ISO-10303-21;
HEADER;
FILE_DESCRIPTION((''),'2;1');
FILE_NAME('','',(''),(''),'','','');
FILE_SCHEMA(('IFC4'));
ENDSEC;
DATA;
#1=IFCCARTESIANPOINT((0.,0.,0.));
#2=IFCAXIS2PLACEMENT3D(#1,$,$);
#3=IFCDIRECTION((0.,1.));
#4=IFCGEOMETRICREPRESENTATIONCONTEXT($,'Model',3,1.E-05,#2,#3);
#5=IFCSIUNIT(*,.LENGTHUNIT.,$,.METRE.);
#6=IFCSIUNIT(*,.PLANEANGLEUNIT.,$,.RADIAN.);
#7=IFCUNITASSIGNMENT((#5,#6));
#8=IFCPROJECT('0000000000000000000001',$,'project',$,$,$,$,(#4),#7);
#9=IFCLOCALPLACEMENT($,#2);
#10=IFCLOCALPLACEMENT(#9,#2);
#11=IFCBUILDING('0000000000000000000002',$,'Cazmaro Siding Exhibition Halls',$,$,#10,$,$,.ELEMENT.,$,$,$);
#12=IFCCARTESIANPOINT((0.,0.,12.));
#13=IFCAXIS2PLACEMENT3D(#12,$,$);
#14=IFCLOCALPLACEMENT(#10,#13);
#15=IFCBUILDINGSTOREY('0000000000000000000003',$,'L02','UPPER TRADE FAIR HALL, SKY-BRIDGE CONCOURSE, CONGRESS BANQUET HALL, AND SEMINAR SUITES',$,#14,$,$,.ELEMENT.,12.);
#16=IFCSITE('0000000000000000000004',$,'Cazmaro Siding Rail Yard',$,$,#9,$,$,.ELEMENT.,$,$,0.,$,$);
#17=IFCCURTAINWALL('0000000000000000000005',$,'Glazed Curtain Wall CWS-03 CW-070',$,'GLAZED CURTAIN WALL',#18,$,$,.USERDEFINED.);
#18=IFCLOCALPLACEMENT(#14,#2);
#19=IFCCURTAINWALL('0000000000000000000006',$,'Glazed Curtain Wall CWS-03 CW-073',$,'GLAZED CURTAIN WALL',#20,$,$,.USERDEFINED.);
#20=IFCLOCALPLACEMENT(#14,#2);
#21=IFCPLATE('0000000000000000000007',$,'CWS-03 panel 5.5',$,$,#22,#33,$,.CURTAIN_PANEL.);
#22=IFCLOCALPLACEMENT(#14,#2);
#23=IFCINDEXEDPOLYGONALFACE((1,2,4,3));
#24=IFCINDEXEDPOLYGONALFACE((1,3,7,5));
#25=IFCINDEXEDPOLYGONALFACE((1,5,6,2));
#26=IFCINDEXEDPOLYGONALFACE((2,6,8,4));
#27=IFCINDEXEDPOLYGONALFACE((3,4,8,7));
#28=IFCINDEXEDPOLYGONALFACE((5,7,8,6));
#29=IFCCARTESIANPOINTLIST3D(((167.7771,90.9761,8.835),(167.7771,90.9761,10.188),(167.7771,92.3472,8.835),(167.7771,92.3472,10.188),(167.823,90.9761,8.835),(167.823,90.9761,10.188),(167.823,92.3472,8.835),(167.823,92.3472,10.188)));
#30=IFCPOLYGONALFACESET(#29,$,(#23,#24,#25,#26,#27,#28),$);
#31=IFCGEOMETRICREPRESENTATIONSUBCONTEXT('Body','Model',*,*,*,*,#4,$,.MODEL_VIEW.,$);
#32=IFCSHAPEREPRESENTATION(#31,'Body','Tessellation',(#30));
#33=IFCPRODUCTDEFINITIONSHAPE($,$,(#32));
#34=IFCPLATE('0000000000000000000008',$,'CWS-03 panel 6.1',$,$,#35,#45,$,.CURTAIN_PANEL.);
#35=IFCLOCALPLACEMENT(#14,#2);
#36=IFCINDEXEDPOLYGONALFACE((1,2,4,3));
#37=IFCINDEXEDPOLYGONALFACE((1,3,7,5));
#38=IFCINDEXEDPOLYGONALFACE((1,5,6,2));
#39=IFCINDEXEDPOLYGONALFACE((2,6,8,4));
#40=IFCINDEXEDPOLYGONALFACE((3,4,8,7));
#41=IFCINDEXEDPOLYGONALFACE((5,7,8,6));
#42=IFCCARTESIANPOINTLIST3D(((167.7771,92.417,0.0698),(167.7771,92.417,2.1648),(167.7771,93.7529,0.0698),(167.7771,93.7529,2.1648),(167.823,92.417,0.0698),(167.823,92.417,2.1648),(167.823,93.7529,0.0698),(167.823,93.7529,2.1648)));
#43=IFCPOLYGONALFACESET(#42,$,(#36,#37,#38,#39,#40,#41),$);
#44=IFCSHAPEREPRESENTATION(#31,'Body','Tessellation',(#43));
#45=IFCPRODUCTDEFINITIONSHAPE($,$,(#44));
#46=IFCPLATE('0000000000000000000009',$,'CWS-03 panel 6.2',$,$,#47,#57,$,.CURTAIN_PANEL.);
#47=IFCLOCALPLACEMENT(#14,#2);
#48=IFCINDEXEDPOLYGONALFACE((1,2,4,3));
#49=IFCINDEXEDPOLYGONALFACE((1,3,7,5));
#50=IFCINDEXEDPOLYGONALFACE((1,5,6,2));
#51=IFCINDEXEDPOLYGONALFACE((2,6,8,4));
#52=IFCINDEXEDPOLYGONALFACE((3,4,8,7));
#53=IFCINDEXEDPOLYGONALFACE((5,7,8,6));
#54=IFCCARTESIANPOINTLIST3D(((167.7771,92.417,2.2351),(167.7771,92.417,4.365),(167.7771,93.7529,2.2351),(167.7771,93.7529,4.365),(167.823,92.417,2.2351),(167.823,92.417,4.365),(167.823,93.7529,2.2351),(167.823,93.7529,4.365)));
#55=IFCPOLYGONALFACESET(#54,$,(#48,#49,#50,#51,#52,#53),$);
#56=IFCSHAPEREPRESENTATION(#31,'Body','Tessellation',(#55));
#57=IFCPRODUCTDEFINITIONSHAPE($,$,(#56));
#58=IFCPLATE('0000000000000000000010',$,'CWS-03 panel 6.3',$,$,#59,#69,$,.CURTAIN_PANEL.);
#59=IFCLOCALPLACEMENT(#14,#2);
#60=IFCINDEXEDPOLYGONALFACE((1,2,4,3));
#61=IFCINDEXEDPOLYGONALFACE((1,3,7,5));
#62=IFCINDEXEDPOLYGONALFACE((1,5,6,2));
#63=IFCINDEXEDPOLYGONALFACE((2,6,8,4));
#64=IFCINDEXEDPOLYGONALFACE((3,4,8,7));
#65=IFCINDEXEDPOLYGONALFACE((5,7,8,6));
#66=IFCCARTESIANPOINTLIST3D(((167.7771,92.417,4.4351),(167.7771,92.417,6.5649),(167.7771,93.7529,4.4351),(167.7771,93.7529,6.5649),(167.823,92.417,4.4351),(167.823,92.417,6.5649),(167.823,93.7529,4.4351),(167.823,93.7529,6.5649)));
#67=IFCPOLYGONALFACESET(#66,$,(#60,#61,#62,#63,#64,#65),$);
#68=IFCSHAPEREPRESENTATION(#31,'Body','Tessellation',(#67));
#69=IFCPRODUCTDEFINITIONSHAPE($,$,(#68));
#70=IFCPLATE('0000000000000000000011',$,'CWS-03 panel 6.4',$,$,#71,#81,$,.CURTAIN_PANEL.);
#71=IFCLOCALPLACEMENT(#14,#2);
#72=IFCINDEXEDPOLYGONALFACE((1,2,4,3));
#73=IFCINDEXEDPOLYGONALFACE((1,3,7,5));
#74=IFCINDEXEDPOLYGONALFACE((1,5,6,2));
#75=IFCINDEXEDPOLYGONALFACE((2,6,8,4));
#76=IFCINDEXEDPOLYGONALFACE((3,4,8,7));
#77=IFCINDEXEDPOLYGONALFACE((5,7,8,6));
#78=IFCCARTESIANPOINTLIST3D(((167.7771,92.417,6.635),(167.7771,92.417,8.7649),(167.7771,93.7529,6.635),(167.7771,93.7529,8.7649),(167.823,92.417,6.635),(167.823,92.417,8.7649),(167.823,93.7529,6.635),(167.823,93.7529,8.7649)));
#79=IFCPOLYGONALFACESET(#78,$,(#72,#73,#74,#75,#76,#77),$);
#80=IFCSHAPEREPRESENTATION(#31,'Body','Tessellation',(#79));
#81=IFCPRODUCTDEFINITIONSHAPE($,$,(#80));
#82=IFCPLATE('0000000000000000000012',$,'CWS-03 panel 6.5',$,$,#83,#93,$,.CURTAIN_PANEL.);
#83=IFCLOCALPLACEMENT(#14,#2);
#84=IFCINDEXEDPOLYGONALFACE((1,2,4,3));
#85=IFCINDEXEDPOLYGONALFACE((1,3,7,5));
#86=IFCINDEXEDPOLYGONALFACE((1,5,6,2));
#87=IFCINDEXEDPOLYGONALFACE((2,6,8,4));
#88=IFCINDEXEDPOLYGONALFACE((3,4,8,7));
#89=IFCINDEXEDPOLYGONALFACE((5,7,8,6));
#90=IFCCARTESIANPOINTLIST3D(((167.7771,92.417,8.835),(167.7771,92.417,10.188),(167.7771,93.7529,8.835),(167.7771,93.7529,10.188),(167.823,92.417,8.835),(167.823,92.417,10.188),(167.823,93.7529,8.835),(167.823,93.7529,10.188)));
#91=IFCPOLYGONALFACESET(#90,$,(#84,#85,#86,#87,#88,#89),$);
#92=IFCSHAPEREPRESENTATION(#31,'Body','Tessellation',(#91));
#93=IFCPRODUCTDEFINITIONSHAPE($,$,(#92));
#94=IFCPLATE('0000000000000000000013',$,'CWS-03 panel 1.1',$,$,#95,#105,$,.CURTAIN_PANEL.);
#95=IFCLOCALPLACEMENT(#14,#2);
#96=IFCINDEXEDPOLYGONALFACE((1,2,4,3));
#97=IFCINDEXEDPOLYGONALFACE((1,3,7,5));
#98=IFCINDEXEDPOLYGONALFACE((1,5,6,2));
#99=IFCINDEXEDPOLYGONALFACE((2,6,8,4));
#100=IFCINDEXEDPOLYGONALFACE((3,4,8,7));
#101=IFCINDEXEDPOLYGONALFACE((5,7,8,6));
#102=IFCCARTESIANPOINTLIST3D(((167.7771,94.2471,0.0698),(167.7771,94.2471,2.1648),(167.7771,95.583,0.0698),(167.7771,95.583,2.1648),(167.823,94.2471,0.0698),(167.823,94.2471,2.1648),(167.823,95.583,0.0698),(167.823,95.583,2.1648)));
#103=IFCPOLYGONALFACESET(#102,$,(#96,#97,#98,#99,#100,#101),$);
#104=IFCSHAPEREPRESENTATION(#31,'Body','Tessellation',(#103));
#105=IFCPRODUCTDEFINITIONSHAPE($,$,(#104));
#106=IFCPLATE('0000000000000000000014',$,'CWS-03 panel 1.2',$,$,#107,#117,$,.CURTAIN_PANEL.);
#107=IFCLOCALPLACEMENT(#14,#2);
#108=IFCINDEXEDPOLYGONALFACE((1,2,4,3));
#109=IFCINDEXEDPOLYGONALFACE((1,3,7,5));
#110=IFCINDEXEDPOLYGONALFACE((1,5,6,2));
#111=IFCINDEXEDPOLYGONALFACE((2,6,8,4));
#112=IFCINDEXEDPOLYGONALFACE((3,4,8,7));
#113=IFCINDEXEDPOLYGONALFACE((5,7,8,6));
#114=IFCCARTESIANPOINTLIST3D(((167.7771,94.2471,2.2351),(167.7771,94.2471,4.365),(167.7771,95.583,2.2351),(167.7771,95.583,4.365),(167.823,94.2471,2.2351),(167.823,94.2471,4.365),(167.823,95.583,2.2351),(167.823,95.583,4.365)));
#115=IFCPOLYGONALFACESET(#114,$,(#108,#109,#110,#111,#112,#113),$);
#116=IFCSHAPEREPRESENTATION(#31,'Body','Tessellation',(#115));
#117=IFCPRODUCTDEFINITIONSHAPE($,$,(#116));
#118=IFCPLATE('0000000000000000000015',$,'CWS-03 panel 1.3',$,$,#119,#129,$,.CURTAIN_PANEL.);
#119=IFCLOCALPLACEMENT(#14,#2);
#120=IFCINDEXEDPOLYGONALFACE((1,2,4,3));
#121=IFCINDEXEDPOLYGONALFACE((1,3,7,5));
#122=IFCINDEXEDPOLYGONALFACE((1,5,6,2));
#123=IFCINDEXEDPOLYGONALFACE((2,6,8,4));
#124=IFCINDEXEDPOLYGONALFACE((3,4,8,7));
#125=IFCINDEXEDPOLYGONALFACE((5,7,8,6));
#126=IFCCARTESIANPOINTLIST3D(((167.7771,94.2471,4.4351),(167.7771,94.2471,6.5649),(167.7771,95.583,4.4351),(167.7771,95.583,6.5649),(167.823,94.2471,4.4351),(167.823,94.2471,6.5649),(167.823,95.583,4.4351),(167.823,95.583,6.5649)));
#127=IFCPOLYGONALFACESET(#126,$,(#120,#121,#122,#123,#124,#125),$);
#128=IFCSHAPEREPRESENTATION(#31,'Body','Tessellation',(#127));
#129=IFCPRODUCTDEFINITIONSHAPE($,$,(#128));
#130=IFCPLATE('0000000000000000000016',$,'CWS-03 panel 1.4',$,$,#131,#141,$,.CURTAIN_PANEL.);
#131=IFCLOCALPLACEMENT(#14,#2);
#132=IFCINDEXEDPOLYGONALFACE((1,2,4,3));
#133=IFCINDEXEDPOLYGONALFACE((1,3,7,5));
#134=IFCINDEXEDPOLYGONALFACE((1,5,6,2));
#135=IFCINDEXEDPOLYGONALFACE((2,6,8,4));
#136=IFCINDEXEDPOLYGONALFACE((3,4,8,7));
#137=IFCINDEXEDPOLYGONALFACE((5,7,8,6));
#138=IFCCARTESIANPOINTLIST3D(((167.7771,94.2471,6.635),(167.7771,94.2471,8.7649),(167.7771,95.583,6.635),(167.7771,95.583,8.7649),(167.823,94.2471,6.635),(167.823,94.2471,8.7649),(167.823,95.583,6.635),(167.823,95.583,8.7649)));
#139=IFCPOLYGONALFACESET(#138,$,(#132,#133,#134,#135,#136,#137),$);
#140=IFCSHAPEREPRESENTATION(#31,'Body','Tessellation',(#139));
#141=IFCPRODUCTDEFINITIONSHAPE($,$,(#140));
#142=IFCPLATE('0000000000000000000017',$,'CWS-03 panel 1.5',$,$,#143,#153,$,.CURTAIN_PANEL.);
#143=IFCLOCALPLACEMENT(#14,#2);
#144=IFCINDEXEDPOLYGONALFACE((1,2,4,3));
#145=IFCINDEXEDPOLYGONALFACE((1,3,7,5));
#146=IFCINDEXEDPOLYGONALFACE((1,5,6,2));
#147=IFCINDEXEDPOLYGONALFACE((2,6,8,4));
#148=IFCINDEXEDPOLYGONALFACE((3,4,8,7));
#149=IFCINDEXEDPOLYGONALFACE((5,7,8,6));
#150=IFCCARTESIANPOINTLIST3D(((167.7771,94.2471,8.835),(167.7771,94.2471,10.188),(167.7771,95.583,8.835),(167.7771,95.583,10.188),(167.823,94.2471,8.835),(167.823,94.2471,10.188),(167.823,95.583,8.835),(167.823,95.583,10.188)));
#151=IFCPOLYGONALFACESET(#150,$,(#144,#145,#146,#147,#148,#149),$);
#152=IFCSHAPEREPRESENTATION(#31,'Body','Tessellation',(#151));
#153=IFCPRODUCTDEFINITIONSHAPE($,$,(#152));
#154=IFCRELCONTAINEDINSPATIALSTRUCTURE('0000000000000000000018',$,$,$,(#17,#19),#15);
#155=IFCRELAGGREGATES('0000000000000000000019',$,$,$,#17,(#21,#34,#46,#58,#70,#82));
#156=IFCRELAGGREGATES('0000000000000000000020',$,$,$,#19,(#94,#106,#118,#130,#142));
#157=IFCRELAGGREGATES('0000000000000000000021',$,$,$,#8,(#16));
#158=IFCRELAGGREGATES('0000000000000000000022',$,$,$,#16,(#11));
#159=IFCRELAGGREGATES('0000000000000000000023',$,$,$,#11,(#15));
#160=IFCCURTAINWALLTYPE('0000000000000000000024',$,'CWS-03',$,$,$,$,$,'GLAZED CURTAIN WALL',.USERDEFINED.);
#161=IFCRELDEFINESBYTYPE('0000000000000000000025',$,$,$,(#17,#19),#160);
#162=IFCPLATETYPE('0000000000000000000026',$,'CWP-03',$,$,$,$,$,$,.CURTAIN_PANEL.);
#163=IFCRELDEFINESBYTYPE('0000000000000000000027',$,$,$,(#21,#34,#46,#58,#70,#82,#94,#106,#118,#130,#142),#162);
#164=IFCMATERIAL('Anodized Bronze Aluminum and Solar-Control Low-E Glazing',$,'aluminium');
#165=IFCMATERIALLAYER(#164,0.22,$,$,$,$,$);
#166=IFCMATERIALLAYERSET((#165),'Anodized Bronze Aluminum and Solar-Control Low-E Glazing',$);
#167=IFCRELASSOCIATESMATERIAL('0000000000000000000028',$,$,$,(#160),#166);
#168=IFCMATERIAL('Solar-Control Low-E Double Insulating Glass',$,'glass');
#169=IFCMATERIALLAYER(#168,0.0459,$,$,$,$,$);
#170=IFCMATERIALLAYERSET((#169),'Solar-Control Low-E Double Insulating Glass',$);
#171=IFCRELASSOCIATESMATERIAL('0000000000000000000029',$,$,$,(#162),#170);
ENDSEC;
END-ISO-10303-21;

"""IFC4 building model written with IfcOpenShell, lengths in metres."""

from ifc_helpers import new_model, si_unit, direction, frame, origin, origin_2d, place, context, subcontext, project, spatial, rectangle, extrude, material, layer, layer_set, type_object, element, aggregate, save


model = new_model("IFC4")

# Units and contexts
model_context = context("Model", 3, precision=1e-05, world=origin(), true_north=direction((0.0, 1.0)))
body_context = subcontext(model_context, "Body", "Model", "MODEL_VIEW")
ifc_project = project(units=[si_unit("LENGTHUNIT", "METRE"), si_unit("PLANEANGLEUNIT", "RADIAN")], contexts=[model_context])

# Site, building, storey
site_placement = place(None, origin())
site = spatial("IfcSite", under=ifc_project, at=site_placement, Name="Cazmaro Siding Rail Yard", CompositionType="ELEMENT", RefElevation=0.0)
building_placement = place(site_placement, origin())
building = spatial("IfcBuilding", under=site, at=building_placement, Name="Cazmaro Siding Exhibition Halls", CompositionType="ELEMENT")
storey_placement = place(building_placement, frame((0.0, 0.0, 12.0)))
storey = spatial("IfcBuildingStorey", under=building, at=storey_placement, Name="L02", Description="UPPER TRADE FAIR HALL, SKY-BRIDGE CONCOURSE, CONGRESS BANQUET HALL, AND SEMINAR SUITES", CompositionType="ELEMENT", Elevation=12.0)

# Curtain walls
ifc_material_1 = material(Name="Anodized Bronze Aluminum and Solar-Control Low-E Glazing", Category="aluminium")
ifc_layer_1 = layer(ifc_material_1, 0.22)
ifc_layer_set_1 = layer_set([ifc_layer_1], Name="Anodized Bronze Aluminum and Solar-Control Low-E Glazing")
curtain_wall_type = type_object("IfcCurtainWallType", Name="CWS-03", ElementType="GLAZED CURTAIN WALL", PredefinedType="USERDEFINED", material=ifc_layer_set_1)
curtain_wall_1_placement = place(storey_placement, origin())
curtain_wall_1 = element("IfcCurtainWall", 1, at=curtain_wall_1_placement, inside=storey, type_object=curtain_wall_type, Name="Glazed Curtain Wall CWS-03 CW-070", ObjectType="GLAZED CURTAIN WALL", PredefinedType="USERDEFINED")
curtain_wall_2_placement = place(storey_placement, origin())
curtain_wall_2 = element("IfcCurtainWall", 2, at=curtain_wall_2_placement, inside=storey, type_object=curtain_wall_type, Name="Glazed Curtain Wall CWS-03 CW-073", ObjectType="GLAZED CURTAIN WALL", PredefinedType="USERDEFINED")

# Plates
ifc_material_2 = material(Name="Solar-Control Low-E Double Insulating Glass", Category="glass")
ifc_layer_2 = layer(ifc_material_2, 0.0459)
ifc_layer_set_2 = layer_set([ifc_layer_2], Name="Solar-Control Low-E Double Insulating Glass")
plate_type = type_object("IfcPlateType", Name="CWP-03", PredefinedType="CURTAIN_PANEL", material=ifc_layer_set_2)
plate_1_placement = place(storey_placement, frame((167.8, 91.6616, 8.835), z_axis=(0.0, 0.0, 1.0), x_axis=(0.0, 1.0, 0.0)))
plate_1 = element("IfcPlate", 3, at=plate_1_placement, type_object=plate_type, Name="CWS-03 panel 5.5", PredefinedType="CURTAIN_PANEL", context=body_context, shape_type="SweptSolid", body=[
    extrude(rectangle(XDim=1.3711, YDim=0.0459, at=origin_2d()), origin(), (0.0, 0.0, 1.0), 1.353),
])
plate_2_placement = place(storey_placement, frame((167.8, 93.085, 0.0698), z_axis=(0.0, 0.0, 1.0), x_axis=(0.0, 1.0, 0.0)))
plate_2 = element("IfcPlate", 4, at=plate_2_placement, type_object=plate_type, Name="CWS-03 panel 6.1", PredefinedType="CURTAIN_PANEL", context=body_context, shape_type="SweptSolid", body=[
    extrude(rectangle(XDim=1.3359, YDim=0.0459, at=origin_2d()), origin(), (0.0, 0.0, 1.0), 2.095),
])
plate_3_placement = place(storey_placement, frame((167.8, 93.085, 2.2351), z_axis=(0.0, 0.0, 1.0), x_axis=(0.0, 1.0, 0.0)))
plate_3 = element("IfcPlate", 5, at=plate_3_placement, type_object=plate_type, Name="CWS-03 panel 6.2", PredefinedType="CURTAIN_PANEL", context=body_context, shape_type="SweptSolid", body=[
    extrude(rectangle(XDim=1.3359, YDim=0.0459, at=origin_2d()), origin(), (0.0, 0.0, 1.0), 2.1299),
])
plate_4_placement = place(storey_placement, frame((167.8, 93.085, 4.4351), z_axis=(0.0, 0.0, 1.0), x_axis=(0.0, 1.0, 0.0)))
plate_4 = element("IfcPlate", 6, at=plate_4_placement, type_object=plate_type, Name="CWS-03 panel 6.3", PredefinedType="CURTAIN_PANEL", context=body_context, shape_type="SweptSolid", body=[
    extrude(rectangle(XDim=1.3359, YDim=0.0459, at=origin_2d()), origin(), (0.0, 0.0, 1.0), 2.1299),
])
plate_5_placement = place(storey_placement, frame((167.8, 93.085, 6.635), z_axis=(0.0, 0.0, 1.0), x_axis=(0.0, 1.0, 0.0)))
plate_5 = element("IfcPlate", 7, at=plate_5_placement, type_object=plate_type, Name="CWS-03 panel 6.4", PredefinedType="CURTAIN_PANEL", context=body_context, shape_type="SweptSolid", body=[
    extrude(rectangle(XDim=1.3359, YDim=0.0459, at=origin_2d()), origin(), (0.0, 0.0, 1.0), 2.1299),
])
plate_6_placement = place(storey_placement, frame((167.8, 93.085, 8.835), z_axis=(0.0, 0.0, 1.0), x_axis=(0.0, 1.0, 0.0)))
plate_6 = element("IfcPlate", 8, at=plate_6_placement, type_object=plate_type, Name="CWS-03 panel 6.5", PredefinedType="CURTAIN_PANEL", context=body_context, shape_type="SweptSolid", body=[
    extrude(rectangle(XDim=1.3359, YDim=0.0459, at=origin_2d()), origin(), (0.0, 0.0, 1.0), 1.353),
])
aggregate(curtain_wall_1, [plate_1, plate_2, plate_3, plate_4, plate_5, plate_6])
plate_7_placement = place(storey_placement, frame((167.8, 94.915, 0.0698), z_axis=(0.0, 0.0, 1.0), x_axis=(0.0, 1.0, 0.0)))
plate_7 = element("IfcPlate", 9, at=plate_7_placement, type_object=plate_type, Name="CWS-03 panel 1.1", PredefinedType="CURTAIN_PANEL", context=body_context, shape_type="SweptSolid", body=[
    extrude(rectangle(XDim=1.3359, YDim=0.0459, at=origin_2d()), origin(), (0.0, 0.0, 1.0), 2.095),
])
plate_8_placement = place(storey_placement, frame((167.8, 94.915, 2.2351), z_axis=(0.0, 0.0, 1.0), x_axis=(0.0, 1.0, 0.0)))
plate_8 = element("IfcPlate", 10, at=plate_8_placement, type_object=plate_type, Name="CWS-03 panel 1.2", PredefinedType="CURTAIN_PANEL", context=body_context, shape_type="SweptSolid", body=[
    extrude(rectangle(XDim=1.3359, YDim=0.0459, at=origin_2d()), origin(), (0.0, 0.0, 1.0), 2.1299),
])
plate_9_placement = place(storey_placement, frame((167.8, 94.915, 4.4351), z_axis=(0.0, 0.0, 1.0), x_axis=(0.0, 1.0, 0.0)))
plate_9 = element("IfcPlate", 11, at=plate_9_placement, type_object=plate_type, Name="CWS-03 panel 1.3", PredefinedType="CURTAIN_PANEL", context=body_context, shape_type="SweptSolid", body=[
    extrude(rectangle(XDim=1.3359, YDim=0.0459, at=origin_2d()), origin(), (0.0, 0.0, 1.0), 2.1299),
])
plate_10_placement = place(storey_placement, frame((167.8, 94.915, 6.635), z_axis=(0.0, 0.0, 1.0), x_axis=(0.0, 1.0, 0.0)))
plate_10 = element("IfcPlate", 12, at=plate_10_placement, type_object=plate_type, Name="CWS-03 panel 1.4", PredefinedType="CURTAIN_PANEL", context=body_context, shape_type="SweptSolid", body=[
    extrude(rectangle(XDim=1.3359, YDim=0.0459, at=origin_2d()), origin(), (0.0, 0.0, 1.0), 2.1299),
])
plate_11_placement = place(storey_placement, frame((167.8, 94.915, 8.835), z_axis=(0.0, 0.0, 1.0), x_axis=(0.0, 1.0, 0.0)))
plate_11 = element("IfcPlate", 13, at=plate_11_placement, type_object=plate_type, Name="CWS-03 panel 1.5", PredefinedType="CURTAIN_PANEL", context=body_context, shape_type="SweptSolid", body=[
    extrude(rectangle(XDim=1.3359, YDim=0.0459, at=origin_2d()), origin(), (0.0, 0.0, 1.0), 1.353),
])
aggregate(curtain_wall_2, [plate_7, plate_8, plate_9, plate_10, plate_11])

save(model, "model.ifc")
